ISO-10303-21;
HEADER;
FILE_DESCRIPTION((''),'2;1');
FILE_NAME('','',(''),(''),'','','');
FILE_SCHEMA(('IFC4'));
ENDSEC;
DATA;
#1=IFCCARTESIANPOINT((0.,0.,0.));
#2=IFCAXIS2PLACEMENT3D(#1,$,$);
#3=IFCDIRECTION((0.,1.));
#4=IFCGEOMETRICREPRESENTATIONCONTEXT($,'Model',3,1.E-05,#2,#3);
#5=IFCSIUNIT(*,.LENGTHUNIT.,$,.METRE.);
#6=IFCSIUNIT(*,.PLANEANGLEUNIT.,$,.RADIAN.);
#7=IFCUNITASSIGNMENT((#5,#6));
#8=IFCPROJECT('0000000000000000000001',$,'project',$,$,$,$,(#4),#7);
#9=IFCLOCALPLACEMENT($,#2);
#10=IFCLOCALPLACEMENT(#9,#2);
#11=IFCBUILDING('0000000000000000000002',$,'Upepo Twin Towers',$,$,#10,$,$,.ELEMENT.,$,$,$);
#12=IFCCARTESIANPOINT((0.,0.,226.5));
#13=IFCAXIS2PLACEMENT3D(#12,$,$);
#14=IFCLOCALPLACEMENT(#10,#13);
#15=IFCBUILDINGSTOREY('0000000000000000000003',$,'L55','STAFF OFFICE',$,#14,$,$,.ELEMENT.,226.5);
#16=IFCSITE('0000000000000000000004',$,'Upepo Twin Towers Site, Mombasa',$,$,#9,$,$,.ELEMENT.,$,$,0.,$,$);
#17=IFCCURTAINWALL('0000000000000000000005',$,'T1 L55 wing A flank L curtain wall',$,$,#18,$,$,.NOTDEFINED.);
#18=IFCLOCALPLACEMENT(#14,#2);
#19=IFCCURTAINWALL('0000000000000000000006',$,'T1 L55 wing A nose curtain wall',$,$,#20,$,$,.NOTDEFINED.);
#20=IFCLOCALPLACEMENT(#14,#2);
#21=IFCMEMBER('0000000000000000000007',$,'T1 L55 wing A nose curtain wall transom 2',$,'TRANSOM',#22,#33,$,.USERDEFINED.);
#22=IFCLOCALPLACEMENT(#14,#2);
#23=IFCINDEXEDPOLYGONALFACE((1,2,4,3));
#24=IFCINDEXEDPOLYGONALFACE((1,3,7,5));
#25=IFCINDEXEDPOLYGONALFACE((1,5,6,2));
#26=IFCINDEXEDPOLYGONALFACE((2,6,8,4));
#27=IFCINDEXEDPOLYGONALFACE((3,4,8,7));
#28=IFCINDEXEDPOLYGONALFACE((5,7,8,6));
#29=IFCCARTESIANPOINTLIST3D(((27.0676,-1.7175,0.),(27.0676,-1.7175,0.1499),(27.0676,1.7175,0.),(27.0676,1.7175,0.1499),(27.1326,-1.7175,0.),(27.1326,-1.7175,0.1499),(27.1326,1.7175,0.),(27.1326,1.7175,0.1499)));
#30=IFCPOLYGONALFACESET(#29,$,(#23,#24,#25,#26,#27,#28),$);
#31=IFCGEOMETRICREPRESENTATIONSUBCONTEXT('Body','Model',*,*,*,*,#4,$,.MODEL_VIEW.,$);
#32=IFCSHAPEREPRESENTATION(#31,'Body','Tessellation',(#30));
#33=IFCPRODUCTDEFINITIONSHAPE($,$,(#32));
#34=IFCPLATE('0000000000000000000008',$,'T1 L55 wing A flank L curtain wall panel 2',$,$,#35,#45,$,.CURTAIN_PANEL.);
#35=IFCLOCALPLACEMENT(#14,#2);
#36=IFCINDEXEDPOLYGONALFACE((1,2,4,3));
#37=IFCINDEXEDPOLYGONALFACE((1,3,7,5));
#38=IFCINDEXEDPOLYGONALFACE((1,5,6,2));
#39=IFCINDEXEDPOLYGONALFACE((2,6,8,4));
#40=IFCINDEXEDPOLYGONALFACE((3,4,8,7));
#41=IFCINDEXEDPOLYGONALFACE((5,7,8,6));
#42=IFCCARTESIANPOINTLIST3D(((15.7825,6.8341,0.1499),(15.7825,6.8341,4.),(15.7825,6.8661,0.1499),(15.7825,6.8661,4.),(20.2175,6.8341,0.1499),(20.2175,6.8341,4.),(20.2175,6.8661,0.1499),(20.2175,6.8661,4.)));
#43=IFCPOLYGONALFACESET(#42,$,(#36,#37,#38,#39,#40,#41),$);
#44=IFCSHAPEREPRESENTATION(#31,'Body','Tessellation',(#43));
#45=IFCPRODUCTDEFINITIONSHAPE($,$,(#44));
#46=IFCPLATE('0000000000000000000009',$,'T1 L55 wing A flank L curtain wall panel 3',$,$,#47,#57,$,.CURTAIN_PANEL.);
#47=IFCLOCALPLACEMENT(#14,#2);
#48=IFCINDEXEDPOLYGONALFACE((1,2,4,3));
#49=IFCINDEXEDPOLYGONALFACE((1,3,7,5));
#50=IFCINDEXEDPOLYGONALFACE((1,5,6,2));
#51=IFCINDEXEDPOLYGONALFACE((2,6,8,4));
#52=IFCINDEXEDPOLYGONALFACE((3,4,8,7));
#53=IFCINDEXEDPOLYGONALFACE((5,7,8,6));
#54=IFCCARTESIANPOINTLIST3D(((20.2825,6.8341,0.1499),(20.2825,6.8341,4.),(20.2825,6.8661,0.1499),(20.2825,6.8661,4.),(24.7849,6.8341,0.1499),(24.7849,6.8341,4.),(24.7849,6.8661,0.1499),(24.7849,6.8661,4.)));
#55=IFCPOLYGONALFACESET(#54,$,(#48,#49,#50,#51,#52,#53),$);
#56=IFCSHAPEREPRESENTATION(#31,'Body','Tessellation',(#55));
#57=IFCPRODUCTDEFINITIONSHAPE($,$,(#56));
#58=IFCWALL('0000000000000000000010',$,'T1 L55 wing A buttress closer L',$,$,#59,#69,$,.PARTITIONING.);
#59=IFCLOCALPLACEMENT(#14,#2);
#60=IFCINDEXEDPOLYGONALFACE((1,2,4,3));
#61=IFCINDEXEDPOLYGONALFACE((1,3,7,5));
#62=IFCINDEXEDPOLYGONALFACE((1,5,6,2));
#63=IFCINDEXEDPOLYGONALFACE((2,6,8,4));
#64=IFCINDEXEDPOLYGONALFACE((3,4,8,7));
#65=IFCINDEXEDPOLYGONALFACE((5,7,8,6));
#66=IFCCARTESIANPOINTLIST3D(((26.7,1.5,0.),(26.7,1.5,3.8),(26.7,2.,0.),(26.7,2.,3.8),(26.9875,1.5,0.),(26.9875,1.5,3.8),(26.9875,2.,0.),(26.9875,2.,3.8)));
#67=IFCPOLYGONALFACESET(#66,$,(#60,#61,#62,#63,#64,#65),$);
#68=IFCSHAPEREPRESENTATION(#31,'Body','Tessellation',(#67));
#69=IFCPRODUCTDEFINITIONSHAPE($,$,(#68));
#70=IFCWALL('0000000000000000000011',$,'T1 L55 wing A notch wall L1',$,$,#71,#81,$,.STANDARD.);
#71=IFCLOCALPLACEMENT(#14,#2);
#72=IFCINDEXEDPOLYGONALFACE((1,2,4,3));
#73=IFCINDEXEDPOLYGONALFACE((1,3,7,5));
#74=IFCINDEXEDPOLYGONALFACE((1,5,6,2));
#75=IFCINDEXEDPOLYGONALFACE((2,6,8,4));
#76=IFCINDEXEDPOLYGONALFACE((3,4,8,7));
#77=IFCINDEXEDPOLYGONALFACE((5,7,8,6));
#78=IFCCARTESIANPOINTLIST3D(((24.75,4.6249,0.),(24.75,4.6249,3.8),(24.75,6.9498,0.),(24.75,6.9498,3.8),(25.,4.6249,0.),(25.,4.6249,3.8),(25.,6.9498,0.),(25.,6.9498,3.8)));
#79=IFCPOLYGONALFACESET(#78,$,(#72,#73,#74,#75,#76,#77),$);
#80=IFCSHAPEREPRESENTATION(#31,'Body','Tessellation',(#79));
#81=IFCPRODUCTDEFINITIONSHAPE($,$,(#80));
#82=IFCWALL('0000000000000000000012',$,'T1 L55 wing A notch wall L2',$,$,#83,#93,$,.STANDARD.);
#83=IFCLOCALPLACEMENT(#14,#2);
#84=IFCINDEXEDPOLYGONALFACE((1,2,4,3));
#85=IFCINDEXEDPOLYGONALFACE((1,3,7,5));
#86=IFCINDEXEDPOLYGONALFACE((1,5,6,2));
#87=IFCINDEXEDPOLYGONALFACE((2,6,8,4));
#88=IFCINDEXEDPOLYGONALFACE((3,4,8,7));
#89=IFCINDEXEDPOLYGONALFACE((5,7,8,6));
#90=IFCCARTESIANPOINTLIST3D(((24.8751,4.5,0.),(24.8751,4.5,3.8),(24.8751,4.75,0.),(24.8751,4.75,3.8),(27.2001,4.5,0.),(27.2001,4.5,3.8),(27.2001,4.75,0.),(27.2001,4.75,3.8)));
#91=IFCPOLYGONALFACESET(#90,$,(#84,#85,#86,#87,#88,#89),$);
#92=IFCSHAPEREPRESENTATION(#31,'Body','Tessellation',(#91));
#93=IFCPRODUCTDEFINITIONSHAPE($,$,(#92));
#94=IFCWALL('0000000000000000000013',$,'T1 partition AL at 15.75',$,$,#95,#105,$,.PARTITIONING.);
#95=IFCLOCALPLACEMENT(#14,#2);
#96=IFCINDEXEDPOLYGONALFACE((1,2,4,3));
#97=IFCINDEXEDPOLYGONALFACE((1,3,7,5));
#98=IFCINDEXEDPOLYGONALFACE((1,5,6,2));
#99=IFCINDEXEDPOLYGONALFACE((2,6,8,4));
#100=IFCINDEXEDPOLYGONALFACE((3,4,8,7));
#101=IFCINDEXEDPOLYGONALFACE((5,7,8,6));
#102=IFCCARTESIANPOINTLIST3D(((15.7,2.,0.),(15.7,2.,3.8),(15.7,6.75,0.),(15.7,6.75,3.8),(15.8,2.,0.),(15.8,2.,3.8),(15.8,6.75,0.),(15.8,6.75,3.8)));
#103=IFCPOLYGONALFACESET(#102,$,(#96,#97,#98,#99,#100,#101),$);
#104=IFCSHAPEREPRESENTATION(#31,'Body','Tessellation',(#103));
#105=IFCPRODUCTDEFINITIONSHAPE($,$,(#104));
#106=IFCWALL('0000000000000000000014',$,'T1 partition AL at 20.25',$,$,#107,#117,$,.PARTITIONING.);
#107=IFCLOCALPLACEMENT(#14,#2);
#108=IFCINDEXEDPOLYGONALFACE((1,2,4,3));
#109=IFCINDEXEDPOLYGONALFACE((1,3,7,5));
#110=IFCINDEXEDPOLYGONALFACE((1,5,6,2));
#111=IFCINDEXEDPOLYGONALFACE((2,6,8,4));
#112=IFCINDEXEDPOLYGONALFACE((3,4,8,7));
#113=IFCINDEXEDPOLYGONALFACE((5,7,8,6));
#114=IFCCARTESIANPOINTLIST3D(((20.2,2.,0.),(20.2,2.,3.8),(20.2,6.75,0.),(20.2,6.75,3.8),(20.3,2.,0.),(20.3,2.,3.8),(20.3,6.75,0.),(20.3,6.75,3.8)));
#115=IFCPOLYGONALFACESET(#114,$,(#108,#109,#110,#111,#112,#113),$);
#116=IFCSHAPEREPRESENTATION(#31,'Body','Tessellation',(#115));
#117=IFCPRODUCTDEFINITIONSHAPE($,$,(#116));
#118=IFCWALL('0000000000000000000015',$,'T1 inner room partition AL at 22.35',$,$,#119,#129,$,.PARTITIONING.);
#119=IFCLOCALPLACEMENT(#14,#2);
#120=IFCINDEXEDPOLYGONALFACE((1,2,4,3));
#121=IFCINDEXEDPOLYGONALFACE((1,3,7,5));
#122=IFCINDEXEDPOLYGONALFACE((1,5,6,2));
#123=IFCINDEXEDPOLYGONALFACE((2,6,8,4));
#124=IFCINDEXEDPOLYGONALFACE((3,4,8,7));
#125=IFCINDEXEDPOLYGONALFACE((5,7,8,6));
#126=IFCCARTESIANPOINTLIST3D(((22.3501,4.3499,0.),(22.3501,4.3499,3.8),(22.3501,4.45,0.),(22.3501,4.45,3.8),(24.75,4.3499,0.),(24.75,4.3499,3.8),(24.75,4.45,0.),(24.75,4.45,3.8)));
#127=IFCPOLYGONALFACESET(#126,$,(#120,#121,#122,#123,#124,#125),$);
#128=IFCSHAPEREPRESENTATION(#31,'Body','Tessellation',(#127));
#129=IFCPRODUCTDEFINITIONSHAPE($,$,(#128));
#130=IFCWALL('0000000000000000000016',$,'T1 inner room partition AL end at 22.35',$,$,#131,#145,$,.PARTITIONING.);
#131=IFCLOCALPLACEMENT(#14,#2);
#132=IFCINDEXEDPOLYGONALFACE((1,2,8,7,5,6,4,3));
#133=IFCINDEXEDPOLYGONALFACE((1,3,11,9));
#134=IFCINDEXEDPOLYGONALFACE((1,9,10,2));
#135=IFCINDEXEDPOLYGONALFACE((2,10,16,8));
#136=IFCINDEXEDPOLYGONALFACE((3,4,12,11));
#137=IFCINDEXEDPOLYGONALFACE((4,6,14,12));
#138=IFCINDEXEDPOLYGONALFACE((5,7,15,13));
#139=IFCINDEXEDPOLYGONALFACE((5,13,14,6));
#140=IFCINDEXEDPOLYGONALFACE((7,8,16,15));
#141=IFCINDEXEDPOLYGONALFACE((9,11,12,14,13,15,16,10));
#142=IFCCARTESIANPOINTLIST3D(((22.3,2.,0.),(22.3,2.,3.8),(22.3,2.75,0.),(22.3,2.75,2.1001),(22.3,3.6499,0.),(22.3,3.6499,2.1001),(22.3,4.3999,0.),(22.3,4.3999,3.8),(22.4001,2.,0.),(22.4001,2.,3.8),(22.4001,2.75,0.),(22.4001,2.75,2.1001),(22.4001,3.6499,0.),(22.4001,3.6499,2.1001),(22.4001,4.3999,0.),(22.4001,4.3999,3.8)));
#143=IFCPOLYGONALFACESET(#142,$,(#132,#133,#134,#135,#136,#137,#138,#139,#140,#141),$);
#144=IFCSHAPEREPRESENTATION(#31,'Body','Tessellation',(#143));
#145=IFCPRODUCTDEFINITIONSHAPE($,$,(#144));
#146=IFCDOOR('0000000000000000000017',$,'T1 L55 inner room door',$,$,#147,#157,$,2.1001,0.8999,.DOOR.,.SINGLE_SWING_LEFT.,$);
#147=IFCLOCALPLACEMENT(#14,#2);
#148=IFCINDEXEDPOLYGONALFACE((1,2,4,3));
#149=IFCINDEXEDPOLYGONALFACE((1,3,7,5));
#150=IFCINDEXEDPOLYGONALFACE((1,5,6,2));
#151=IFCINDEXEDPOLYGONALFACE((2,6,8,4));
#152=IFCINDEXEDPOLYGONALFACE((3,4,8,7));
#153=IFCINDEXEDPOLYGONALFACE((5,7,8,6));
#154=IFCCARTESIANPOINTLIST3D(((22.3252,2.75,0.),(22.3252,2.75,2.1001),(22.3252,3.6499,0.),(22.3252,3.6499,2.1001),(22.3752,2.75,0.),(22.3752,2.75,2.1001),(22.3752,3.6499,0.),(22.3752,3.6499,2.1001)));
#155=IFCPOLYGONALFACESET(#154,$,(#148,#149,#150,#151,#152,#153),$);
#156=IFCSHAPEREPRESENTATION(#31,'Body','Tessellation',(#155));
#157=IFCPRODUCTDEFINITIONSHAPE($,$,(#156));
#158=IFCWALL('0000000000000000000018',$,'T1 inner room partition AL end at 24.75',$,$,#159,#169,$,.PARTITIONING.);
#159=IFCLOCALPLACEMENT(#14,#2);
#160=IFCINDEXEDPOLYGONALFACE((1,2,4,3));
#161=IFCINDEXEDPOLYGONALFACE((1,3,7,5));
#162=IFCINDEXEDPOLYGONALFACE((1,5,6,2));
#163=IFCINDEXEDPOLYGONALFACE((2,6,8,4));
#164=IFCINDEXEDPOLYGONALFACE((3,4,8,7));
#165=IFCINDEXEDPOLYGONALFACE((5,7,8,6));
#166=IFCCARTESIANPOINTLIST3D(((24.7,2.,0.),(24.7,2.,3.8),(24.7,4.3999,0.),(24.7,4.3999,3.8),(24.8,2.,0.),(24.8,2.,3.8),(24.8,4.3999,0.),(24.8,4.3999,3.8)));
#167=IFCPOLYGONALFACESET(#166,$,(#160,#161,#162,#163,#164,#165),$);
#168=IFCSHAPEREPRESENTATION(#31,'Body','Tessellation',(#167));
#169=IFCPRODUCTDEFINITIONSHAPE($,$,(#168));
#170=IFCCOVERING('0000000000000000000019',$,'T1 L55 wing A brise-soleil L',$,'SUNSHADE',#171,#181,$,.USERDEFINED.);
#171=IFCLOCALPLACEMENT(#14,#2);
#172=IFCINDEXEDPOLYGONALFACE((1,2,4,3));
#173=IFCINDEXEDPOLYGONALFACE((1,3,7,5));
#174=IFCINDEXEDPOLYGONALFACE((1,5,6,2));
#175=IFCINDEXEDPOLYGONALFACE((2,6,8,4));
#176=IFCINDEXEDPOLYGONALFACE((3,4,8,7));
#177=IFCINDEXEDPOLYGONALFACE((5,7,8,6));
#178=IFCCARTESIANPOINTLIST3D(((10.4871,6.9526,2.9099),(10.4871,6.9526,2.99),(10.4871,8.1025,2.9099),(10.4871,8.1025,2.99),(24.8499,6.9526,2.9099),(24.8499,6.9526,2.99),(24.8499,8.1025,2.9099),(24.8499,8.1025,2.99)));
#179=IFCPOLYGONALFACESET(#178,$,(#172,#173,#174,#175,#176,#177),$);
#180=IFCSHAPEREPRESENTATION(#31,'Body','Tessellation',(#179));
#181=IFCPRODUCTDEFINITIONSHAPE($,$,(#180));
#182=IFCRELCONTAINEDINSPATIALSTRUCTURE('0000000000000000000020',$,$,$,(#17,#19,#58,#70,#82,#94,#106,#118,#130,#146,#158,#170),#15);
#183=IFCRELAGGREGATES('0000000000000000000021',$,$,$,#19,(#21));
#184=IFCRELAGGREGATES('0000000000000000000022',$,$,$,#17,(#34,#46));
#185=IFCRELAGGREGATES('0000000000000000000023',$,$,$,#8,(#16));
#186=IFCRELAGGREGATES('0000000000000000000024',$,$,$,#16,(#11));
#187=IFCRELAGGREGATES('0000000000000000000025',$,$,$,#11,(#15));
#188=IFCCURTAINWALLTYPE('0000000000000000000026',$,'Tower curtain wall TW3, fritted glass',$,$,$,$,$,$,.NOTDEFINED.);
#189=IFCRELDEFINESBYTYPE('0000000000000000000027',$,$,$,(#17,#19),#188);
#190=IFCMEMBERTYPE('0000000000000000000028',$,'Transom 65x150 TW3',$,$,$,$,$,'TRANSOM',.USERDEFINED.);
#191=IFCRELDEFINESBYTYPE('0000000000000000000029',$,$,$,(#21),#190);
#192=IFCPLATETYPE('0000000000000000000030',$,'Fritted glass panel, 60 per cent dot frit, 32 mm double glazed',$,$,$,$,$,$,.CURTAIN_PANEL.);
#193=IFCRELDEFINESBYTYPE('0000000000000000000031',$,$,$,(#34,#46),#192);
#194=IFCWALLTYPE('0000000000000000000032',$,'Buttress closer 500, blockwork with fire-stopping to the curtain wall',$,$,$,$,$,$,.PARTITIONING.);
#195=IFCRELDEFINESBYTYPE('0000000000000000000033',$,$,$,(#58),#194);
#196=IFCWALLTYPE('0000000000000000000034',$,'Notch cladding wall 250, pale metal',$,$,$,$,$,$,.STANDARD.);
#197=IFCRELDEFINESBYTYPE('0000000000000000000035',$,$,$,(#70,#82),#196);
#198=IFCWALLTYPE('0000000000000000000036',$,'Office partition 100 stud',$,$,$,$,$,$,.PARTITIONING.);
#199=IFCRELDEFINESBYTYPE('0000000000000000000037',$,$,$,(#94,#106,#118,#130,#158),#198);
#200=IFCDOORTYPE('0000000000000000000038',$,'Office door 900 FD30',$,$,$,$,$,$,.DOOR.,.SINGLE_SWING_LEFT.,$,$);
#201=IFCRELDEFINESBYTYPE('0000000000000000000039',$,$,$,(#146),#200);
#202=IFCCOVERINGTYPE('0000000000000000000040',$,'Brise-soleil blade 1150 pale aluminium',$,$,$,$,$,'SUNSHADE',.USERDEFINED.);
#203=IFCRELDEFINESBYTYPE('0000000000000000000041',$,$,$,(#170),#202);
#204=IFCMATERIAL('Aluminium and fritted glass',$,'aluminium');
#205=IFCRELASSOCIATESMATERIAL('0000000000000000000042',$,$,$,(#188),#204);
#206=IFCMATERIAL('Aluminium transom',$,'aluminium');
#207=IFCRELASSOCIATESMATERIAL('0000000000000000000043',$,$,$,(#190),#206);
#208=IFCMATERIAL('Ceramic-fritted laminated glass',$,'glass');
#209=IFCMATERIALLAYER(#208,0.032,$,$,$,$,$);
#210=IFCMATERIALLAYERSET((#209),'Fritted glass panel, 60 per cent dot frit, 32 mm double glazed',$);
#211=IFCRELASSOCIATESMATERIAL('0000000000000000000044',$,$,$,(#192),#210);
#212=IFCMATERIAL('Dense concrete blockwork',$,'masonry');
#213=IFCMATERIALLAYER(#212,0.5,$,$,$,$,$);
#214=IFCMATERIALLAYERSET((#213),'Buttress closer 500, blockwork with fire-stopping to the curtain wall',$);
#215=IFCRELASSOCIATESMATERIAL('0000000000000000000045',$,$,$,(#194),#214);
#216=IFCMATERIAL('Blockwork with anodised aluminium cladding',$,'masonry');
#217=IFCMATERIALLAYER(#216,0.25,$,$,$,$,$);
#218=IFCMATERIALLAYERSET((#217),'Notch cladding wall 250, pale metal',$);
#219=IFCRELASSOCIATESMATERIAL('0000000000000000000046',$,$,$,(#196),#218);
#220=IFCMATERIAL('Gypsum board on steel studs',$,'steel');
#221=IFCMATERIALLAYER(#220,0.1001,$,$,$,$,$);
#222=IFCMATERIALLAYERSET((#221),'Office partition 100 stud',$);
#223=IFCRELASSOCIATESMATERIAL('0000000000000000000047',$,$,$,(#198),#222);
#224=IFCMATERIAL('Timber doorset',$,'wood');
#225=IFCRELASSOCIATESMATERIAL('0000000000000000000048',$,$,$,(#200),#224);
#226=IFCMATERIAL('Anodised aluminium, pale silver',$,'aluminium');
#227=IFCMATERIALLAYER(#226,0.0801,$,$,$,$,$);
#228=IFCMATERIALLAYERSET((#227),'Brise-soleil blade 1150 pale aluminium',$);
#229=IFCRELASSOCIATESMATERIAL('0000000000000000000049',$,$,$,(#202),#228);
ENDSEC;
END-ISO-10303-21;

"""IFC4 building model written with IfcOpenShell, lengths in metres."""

from ifc_helpers import new_model, si_unit, direction, frame, frame_2d, origin, origin_2d, place, context, subcontext, project, spatial, rectangle, extrude, material, layer, layer_set, material_profile, profile_set, type_object, element, fill, aggregate, save


model = new_model("IFC4")

# Units and contexts
model_context = context("Model", 3, precision=1e-05, world=origin(), true_north=direction((0.0, 1.0)))
body_context = subcontext(model_context, "Body", "Model", "MODEL_VIEW")
ifc_project = project(units=[si_unit("LENGTHUNIT", "METRE"), si_unit("PLANEANGLEUNIT", "RADIAN")], contexts=[model_context])

# Site, building, storey
site_placement = place(None, origin())
site = spatial("IfcSite", under=ifc_project, at=site_placement, Name="Upepo Twin Towers Site, Mombasa", CompositionType="ELEMENT", RefElevation=0.0)
building_placement = place(site_placement, origin())
building = spatial("IfcBuilding", under=site, at=building_placement, Name="Upepo Twin Towers", CompositionType="ELEMENT")
storey_placement = place(building_placement, frame((0.0, 0.0, 226.5)))
storey = spatial("IfcBuildingStorey", under=building, at=storey_placement, Name="L55", Description="STAFF OFFICE", CompositionType="ELEMENT", Elevation=226.5)

# Curtain walls
ifc_material_1 = material(Name="Aluminium and fritted glass", Category="aluminium")
curtain_wall_type = type_object("IfcCurtainWallType", Name="Tower curtain wall TW3, fritted glass", PredefinedType="NOTDEFINED", material=ifc_material_1)
curtain_wall_1_placement = place(storey_placement, origin())
curtain_wall_1 = element("IfcCurtainWall", 1, at=curtain_wall_1_placement, inside=storey, type_object=curtain_wall_type, Name="T1 L55 wing A flank L curtain wall", PredefinedType="NOTDEFINED")
curtain_wall_2_placement = place(storey_placement, origin())
curtain_wall_2 = element("IfcCurtainWall", 2, at=curtain_wall_2_placement, inside=storey, type_object=curtain_wall_type, Name="T1 L55 wing A nose curtain wall", PredefinedType="NOTDEFINED")

# Member
ifc_material_2 = material(Name="Aluminium transom", Category="aluminium")
ifc_material_profile_1 = material_profile(ifc_material_2, rectangle(XDim=0.0649, YDim=0.1499, at=origin_2d()), Name="TRANSOM 65x150")
ifc_profile_set_1 = profile_set([ifc_material_profile_1], Name="Aluminium transom")
member_type_1 = type_object("IfcMemberType", Name="Transom 65x150 TW3", ElementType="TRANSOM", PredefinedType="USERDEFINED", material=ifc_profile_set_1)
member_1_placement = place(storey_placement, frame((27.1001, -1.7175, 0.075), z_axis=(0.0, 1.0, 0.0), x_axis=(-1.0, 0.0, 0.0)))
member_1 = element("IfcMember", 3, at=member_1_placement, type_object=member_type_1, Name="T1 L55 wing A nose curtain wall transom 2", ObjectType="TRANSOM", PredefinedType="USERDEFINED", context=body_context, shape_type="SweptSolid", body=[
    extrude(rectangle(XDim=0.0649, YDim=0.1499, at=origin_2d()), origin(), (0.0, 0.0, 1.0), 3.4351),
])
aggregate(curtain_wall_2, [member_1])

# Plates
ifc_material_3 = material(Name="Ceramic-fritted laminated glass", Category="glass")
ifc_layer_1 = layer(ifc_material_3, 0.032)
ifc_layer_set_1 = layer_set([ifc_layer_1], Name="Fritted glass panel, 60 per cent dot frit, 32 mm double glazed")
plate_type = type_object("IfcPlateType", Name="Fritted glass panel, 60 per cent dot frit, 32 mm double glazed", PredefinedType="CURTAIN_PANEL", material=ifc_layer_set_1)
plate_1_placement = place(storey_placement, frame((18.0, 6.8501, 0.1499), z_axis=(0.0, 0.0, 1.0), x_axis=(1.0, 0.0, 0.0)))
plate_1 = element("IfcPlate", 4, at=plate_1_placement, type_object=plate_type, Name="T1 L55 wing A flank L curtain wall panel 2", PredefinedType="CURTAIN_PANEL", context=body_context, shape_type="SweptSolid", body=[
    extrude(rectangle(XDim=4.4351, YDim=0.032, at=origin_2d()), origin(), (0.0, 0.0, 1.0), 3.8501),
])
plate_2_placement = place(storey_placement, frame((22.5337, 6.8501, 0.1499), z_axis=(0.0, 0.0, 1.0), x_axis=(1.0, 0.0, 0.0)))
plate_2 = element("IfcPlate", 5, at=plate_2_placement, type_object=plate_type, Name="T1 L55 wing A flank L curtain wall panel 3", PredefinedType="CURTAIN_PANEL", context=body_context, shape_type="SweptSolid", body=[
    extrude(rectangle(XDim=4.5024, YDim=0.032, at=origin_2d()), origin(), (0.0, 0.0, 1.0), 3.8501),
])
aggregate(curtain_wall_1, [plate_1, plate_2])

# Walls
ifc_material_4 = material(Name="Dense concrete blockwork", Category="masonry")
ifc_layer_2 = layer(ifc_material_4, 0.5)
ifc_layer_set_2 = layer_set([ifc_layer_2], Name="Buttress closer 500, blockwork with fire-stopping to the curtain wall")
wall_type_1 = type_object("IfcWallType", Name="Buttress closer 500, blockwork with fire-stopping to the curtain wall", PredefinedType="PARTITIONING", material=ifc_layer_set_2)
wall_1_placement = place(storey_placement, frame((26.7, 1.75, 0.0), z_axis=(0.0, 0.0, 1.0), x_axis=(1.0, 0.0, 0.0)))
element("IfcWall", 6, at=wall_1_placement, inside=storey, type_object=wall_type_1, Name="T1 L55 wing A buttress closer L", PredefinedType="PARTITIONING", context=body_context, shape_type="SweptSolid", body=[
    extrude(rectangle(XDim=0.2876, YDim=0.5, at=frame_2d((0.1438, 0.0))), origin(), (0.0, 0.0, 1.0), 3.8),
])
ifc_material_5 = material(Name="Blockwork with anodised aluminium cladding", Category="masonry")
ifc_layer_3 = layer(ifc_material_5, 0.25)
ifc_layer_set_3 = layer_set([ifc_layer_3], Name="Notch cladding wall 250, pale metal")
wall_type_2 = type_object("IfcWallType", Name="Notch cladding wall 250, pale metal", PredefinedType="STANDARD", material=ifc_layer_set_3)
for number, where, z_axis, x_axis, name in (
    (7, (24.875, 6.95, 0.0), (0.0, 0.0, 1.0), (0.0, -1.0, 0.0), "T1 L55 wing A notch wall L1"),
    (8, (24.875, 4.625, 0.0), (0.0, 0.0, 1.0), (1.0, 0.0, 0.0), "T1 L55 wing A notch wall L2"),
):
    element("IfcWall", number, at=place(storey_placement, frame(where, z_axis=z_axis, x_axis=x_axis)), inside=storey, type_object=wall_type_2, Name=name, PredefinedType="STANDARD", context=body_context, shape_type="SweptSolid", body=[
        extrude(rectangle(XDim=2.325, YDim=0.25, at=frame_2d((1.1626, 0.0))), origin(), (0.0, 0.0, 1.0), 3.8),
    ])
ifc_material_6 = material(Name="Gypsum board on steel studs", Category="steel")
ifc_layer_4 = layer(ifc_material_6, 0.1001)
ifc_layer_set_4 = layer_set([ifc_layer_4], Name="Office partition 100 stud")
wall_type_3 = type_object("IfcWallType", Name="Office partition 100 stud", PredefinedType="PARTITIONING", material=ifc_layer_set_4)
for number, where, z_axis, x_axis, name in (
    (9, (15.75, 2.0, 0.0), (0.0, 0.0, 1.0), (0.0, 1.0, 0.0), "T1 partition AL at 15.75"),
    (10, (20.25, 2.0, 0.0), (0.0, 0.0, 1.0), (0.0, 1.0, 0.0), "T1 partition AL at 20.25"),
):
    element("IfcWall", number, at=place(storey_placement, frame(where, z_axis=z_axis, x_axis=x_axis)), inside=storey, type_object=wall_type_3, Name=name, PredefinedType="PARTITIONING", context=body_context, shape_type="SweptSolid", body=[
        extrude(rectangle(XDim=4.75, YDim=0.1001, at=frame_2d((2.375, 0.0))), origin(), (0.0, 0.0, 1.0), 3.8),
    ])
wall_2_placement = place(storey_placement, frame((22.3501, 4.3999, 0.0), z_axis=(0.0, 0.0, 1.0), x_axis=(1.0, 0.0, 0.0)))
element("IfcWall", 11, at=wall_2_placement, inside=storey, type_object=wall_type_3, Name="T1 inner room partition AL at 22.35", PredefinedType="PARTITIONING", context=body_context, shape_type="SweptSolid", body=[
    extrude(rectangle(XDim=2.3999, YDim=0.1001, at=frame_2d((1.2, 0.0))), origin(), (0.0, 0.0, 1.0), 3.8),
])

# Wall, opening, door
wall_3_placement = place(storey_placement, frame((22.3501, 2.0, 0.0), z_axis=(0.0, 0.0, 1.0), x_axis=(0.0, 1.0, 0.0)))
wall_3 = element("IfcWall", 12, at=wall_3_placement, inside=storey, type_object=wall_type_3, Name="T1 inner room partition AL end at 22.35", PredefinedType="PARTITIONING", context=body_context, shape_type="SweptSolid", body=[
    extrude(rectangle(XDim=2.3999, YDim=0.1001, at=frame_2d((1.2, 0.0))), origin(), (0.0, 0.0, 1.0), 3.8),
])
opening_placement = place(wall_3_placement, frame((0.75, 0.0, 0.0)))
opening = element("IfcOpeningElement", 13, at=opening_placement, cuts=wall_3, PredefinedType="OPENING", context=body_context, shape_type="SweptSolid", body=[
    extrude(rectangle(XDim=0.8999, YDim=2.1001, at=frame_2d((0.45, 1.05))), frame((0.0, 0.0601, 0.0), z_axis=(0.0, -1.0, 0.0), x_axis=(1.0, 0.0, 0.0)), (0.0, 0.0, 1.0), 0.1201),
])
ifc_material_7 = material(Name="Timber doorset", Category="wood")
door_type = type_object("IfcDoorType", Name="Office door 900 FD30", OperationType="SINGLE_SWING_LEFT", PredefinedType="DOOR", material=ifc_material_7)
door_placement = place(opening_placement, origin())
door = element("IfcDoor", 14, at=door_placement, inside=storey, type_object=door_type, Name="T1 L55 inner room door", OperationType="SINGLE_SWING_LEFT", OverallHeight=2.1001, OverallWidth=0.8999, PredefinedType="DOOR", context=body_context, shape_type="SweptSolid", body=[
    extrude(rectangle(XDim=0.8999, YDim=2.1001, at=frame_2d((0.45, 1.05))), frame((0.0, 0.0249, 0.0), z_axis=(0.0, -1.0, 0.0), x_axis=(1.0, 0.0, 0.0)), (0.0, 0.0, 1.0), 0.05),
])
fill(opening, door)

# Wall
wall_4_placement = place(storey_placement, frame((24.75, 2.0, 0.0), z_axis=(0.0, 0.0, 1.0), x_axis=(0.0, 1.0, 0.0)))
element("IfcWall", 15, at=wall_4_placement, inside=storey, type_object=wall_type_3, Name="T1 inner room partition AL end at 24.75", PredefinedType="PARTITIONING", context=body_context, shape_type="SweptSolid", body=[
    extrude(rectangle(XDim=2.3999, YDim=0.1001, at=frame_2d((1.2, 0.0))), origin(), (0.0, 0.0, 1.0), 3.8),
])

# Covering
ifc_material_8 = material(Name="Anodised aluminium, pale silver", Category="aluminium")
ifc_layer_5 = layer(ifc_material_8, 0.0801)
ifc_layer_set_5 = layer_set([ifc_layer_5], Name="Brise-soleil blade 1150 pale aluminium")
covering_type = type_object("IfcCoveringType", Name="Brise-soleil blade 1150 pale aluminium", ElementType="SUNSHADE", PredefinedType="USERDEFINED", material=ifc_layer_set_5)
covering_placement = place(storey_placement, frame((17.6685, 7.5276, 2.9099), z_axis=(0.0, 0.0, 1.0), x_axis=(1.0, 0.0, 0.0)))
element("IfcCovering", 16, at=covering_placement, inside=storey, type_object=covering_type, Name="T1 L55 wing A brise-soleil L", ObjectType="SUNSHADE", PredefinedType="USERDEFINED", context=body_context, shape_type="SweptSolid", body=[
    extrude(rectangle(XDim=14.3628, YDim=1.1499, at=origin_2d()), origin(), (0.0, 0.0, 1.0), 0.0801),
])

save(model, "model.ifc")
